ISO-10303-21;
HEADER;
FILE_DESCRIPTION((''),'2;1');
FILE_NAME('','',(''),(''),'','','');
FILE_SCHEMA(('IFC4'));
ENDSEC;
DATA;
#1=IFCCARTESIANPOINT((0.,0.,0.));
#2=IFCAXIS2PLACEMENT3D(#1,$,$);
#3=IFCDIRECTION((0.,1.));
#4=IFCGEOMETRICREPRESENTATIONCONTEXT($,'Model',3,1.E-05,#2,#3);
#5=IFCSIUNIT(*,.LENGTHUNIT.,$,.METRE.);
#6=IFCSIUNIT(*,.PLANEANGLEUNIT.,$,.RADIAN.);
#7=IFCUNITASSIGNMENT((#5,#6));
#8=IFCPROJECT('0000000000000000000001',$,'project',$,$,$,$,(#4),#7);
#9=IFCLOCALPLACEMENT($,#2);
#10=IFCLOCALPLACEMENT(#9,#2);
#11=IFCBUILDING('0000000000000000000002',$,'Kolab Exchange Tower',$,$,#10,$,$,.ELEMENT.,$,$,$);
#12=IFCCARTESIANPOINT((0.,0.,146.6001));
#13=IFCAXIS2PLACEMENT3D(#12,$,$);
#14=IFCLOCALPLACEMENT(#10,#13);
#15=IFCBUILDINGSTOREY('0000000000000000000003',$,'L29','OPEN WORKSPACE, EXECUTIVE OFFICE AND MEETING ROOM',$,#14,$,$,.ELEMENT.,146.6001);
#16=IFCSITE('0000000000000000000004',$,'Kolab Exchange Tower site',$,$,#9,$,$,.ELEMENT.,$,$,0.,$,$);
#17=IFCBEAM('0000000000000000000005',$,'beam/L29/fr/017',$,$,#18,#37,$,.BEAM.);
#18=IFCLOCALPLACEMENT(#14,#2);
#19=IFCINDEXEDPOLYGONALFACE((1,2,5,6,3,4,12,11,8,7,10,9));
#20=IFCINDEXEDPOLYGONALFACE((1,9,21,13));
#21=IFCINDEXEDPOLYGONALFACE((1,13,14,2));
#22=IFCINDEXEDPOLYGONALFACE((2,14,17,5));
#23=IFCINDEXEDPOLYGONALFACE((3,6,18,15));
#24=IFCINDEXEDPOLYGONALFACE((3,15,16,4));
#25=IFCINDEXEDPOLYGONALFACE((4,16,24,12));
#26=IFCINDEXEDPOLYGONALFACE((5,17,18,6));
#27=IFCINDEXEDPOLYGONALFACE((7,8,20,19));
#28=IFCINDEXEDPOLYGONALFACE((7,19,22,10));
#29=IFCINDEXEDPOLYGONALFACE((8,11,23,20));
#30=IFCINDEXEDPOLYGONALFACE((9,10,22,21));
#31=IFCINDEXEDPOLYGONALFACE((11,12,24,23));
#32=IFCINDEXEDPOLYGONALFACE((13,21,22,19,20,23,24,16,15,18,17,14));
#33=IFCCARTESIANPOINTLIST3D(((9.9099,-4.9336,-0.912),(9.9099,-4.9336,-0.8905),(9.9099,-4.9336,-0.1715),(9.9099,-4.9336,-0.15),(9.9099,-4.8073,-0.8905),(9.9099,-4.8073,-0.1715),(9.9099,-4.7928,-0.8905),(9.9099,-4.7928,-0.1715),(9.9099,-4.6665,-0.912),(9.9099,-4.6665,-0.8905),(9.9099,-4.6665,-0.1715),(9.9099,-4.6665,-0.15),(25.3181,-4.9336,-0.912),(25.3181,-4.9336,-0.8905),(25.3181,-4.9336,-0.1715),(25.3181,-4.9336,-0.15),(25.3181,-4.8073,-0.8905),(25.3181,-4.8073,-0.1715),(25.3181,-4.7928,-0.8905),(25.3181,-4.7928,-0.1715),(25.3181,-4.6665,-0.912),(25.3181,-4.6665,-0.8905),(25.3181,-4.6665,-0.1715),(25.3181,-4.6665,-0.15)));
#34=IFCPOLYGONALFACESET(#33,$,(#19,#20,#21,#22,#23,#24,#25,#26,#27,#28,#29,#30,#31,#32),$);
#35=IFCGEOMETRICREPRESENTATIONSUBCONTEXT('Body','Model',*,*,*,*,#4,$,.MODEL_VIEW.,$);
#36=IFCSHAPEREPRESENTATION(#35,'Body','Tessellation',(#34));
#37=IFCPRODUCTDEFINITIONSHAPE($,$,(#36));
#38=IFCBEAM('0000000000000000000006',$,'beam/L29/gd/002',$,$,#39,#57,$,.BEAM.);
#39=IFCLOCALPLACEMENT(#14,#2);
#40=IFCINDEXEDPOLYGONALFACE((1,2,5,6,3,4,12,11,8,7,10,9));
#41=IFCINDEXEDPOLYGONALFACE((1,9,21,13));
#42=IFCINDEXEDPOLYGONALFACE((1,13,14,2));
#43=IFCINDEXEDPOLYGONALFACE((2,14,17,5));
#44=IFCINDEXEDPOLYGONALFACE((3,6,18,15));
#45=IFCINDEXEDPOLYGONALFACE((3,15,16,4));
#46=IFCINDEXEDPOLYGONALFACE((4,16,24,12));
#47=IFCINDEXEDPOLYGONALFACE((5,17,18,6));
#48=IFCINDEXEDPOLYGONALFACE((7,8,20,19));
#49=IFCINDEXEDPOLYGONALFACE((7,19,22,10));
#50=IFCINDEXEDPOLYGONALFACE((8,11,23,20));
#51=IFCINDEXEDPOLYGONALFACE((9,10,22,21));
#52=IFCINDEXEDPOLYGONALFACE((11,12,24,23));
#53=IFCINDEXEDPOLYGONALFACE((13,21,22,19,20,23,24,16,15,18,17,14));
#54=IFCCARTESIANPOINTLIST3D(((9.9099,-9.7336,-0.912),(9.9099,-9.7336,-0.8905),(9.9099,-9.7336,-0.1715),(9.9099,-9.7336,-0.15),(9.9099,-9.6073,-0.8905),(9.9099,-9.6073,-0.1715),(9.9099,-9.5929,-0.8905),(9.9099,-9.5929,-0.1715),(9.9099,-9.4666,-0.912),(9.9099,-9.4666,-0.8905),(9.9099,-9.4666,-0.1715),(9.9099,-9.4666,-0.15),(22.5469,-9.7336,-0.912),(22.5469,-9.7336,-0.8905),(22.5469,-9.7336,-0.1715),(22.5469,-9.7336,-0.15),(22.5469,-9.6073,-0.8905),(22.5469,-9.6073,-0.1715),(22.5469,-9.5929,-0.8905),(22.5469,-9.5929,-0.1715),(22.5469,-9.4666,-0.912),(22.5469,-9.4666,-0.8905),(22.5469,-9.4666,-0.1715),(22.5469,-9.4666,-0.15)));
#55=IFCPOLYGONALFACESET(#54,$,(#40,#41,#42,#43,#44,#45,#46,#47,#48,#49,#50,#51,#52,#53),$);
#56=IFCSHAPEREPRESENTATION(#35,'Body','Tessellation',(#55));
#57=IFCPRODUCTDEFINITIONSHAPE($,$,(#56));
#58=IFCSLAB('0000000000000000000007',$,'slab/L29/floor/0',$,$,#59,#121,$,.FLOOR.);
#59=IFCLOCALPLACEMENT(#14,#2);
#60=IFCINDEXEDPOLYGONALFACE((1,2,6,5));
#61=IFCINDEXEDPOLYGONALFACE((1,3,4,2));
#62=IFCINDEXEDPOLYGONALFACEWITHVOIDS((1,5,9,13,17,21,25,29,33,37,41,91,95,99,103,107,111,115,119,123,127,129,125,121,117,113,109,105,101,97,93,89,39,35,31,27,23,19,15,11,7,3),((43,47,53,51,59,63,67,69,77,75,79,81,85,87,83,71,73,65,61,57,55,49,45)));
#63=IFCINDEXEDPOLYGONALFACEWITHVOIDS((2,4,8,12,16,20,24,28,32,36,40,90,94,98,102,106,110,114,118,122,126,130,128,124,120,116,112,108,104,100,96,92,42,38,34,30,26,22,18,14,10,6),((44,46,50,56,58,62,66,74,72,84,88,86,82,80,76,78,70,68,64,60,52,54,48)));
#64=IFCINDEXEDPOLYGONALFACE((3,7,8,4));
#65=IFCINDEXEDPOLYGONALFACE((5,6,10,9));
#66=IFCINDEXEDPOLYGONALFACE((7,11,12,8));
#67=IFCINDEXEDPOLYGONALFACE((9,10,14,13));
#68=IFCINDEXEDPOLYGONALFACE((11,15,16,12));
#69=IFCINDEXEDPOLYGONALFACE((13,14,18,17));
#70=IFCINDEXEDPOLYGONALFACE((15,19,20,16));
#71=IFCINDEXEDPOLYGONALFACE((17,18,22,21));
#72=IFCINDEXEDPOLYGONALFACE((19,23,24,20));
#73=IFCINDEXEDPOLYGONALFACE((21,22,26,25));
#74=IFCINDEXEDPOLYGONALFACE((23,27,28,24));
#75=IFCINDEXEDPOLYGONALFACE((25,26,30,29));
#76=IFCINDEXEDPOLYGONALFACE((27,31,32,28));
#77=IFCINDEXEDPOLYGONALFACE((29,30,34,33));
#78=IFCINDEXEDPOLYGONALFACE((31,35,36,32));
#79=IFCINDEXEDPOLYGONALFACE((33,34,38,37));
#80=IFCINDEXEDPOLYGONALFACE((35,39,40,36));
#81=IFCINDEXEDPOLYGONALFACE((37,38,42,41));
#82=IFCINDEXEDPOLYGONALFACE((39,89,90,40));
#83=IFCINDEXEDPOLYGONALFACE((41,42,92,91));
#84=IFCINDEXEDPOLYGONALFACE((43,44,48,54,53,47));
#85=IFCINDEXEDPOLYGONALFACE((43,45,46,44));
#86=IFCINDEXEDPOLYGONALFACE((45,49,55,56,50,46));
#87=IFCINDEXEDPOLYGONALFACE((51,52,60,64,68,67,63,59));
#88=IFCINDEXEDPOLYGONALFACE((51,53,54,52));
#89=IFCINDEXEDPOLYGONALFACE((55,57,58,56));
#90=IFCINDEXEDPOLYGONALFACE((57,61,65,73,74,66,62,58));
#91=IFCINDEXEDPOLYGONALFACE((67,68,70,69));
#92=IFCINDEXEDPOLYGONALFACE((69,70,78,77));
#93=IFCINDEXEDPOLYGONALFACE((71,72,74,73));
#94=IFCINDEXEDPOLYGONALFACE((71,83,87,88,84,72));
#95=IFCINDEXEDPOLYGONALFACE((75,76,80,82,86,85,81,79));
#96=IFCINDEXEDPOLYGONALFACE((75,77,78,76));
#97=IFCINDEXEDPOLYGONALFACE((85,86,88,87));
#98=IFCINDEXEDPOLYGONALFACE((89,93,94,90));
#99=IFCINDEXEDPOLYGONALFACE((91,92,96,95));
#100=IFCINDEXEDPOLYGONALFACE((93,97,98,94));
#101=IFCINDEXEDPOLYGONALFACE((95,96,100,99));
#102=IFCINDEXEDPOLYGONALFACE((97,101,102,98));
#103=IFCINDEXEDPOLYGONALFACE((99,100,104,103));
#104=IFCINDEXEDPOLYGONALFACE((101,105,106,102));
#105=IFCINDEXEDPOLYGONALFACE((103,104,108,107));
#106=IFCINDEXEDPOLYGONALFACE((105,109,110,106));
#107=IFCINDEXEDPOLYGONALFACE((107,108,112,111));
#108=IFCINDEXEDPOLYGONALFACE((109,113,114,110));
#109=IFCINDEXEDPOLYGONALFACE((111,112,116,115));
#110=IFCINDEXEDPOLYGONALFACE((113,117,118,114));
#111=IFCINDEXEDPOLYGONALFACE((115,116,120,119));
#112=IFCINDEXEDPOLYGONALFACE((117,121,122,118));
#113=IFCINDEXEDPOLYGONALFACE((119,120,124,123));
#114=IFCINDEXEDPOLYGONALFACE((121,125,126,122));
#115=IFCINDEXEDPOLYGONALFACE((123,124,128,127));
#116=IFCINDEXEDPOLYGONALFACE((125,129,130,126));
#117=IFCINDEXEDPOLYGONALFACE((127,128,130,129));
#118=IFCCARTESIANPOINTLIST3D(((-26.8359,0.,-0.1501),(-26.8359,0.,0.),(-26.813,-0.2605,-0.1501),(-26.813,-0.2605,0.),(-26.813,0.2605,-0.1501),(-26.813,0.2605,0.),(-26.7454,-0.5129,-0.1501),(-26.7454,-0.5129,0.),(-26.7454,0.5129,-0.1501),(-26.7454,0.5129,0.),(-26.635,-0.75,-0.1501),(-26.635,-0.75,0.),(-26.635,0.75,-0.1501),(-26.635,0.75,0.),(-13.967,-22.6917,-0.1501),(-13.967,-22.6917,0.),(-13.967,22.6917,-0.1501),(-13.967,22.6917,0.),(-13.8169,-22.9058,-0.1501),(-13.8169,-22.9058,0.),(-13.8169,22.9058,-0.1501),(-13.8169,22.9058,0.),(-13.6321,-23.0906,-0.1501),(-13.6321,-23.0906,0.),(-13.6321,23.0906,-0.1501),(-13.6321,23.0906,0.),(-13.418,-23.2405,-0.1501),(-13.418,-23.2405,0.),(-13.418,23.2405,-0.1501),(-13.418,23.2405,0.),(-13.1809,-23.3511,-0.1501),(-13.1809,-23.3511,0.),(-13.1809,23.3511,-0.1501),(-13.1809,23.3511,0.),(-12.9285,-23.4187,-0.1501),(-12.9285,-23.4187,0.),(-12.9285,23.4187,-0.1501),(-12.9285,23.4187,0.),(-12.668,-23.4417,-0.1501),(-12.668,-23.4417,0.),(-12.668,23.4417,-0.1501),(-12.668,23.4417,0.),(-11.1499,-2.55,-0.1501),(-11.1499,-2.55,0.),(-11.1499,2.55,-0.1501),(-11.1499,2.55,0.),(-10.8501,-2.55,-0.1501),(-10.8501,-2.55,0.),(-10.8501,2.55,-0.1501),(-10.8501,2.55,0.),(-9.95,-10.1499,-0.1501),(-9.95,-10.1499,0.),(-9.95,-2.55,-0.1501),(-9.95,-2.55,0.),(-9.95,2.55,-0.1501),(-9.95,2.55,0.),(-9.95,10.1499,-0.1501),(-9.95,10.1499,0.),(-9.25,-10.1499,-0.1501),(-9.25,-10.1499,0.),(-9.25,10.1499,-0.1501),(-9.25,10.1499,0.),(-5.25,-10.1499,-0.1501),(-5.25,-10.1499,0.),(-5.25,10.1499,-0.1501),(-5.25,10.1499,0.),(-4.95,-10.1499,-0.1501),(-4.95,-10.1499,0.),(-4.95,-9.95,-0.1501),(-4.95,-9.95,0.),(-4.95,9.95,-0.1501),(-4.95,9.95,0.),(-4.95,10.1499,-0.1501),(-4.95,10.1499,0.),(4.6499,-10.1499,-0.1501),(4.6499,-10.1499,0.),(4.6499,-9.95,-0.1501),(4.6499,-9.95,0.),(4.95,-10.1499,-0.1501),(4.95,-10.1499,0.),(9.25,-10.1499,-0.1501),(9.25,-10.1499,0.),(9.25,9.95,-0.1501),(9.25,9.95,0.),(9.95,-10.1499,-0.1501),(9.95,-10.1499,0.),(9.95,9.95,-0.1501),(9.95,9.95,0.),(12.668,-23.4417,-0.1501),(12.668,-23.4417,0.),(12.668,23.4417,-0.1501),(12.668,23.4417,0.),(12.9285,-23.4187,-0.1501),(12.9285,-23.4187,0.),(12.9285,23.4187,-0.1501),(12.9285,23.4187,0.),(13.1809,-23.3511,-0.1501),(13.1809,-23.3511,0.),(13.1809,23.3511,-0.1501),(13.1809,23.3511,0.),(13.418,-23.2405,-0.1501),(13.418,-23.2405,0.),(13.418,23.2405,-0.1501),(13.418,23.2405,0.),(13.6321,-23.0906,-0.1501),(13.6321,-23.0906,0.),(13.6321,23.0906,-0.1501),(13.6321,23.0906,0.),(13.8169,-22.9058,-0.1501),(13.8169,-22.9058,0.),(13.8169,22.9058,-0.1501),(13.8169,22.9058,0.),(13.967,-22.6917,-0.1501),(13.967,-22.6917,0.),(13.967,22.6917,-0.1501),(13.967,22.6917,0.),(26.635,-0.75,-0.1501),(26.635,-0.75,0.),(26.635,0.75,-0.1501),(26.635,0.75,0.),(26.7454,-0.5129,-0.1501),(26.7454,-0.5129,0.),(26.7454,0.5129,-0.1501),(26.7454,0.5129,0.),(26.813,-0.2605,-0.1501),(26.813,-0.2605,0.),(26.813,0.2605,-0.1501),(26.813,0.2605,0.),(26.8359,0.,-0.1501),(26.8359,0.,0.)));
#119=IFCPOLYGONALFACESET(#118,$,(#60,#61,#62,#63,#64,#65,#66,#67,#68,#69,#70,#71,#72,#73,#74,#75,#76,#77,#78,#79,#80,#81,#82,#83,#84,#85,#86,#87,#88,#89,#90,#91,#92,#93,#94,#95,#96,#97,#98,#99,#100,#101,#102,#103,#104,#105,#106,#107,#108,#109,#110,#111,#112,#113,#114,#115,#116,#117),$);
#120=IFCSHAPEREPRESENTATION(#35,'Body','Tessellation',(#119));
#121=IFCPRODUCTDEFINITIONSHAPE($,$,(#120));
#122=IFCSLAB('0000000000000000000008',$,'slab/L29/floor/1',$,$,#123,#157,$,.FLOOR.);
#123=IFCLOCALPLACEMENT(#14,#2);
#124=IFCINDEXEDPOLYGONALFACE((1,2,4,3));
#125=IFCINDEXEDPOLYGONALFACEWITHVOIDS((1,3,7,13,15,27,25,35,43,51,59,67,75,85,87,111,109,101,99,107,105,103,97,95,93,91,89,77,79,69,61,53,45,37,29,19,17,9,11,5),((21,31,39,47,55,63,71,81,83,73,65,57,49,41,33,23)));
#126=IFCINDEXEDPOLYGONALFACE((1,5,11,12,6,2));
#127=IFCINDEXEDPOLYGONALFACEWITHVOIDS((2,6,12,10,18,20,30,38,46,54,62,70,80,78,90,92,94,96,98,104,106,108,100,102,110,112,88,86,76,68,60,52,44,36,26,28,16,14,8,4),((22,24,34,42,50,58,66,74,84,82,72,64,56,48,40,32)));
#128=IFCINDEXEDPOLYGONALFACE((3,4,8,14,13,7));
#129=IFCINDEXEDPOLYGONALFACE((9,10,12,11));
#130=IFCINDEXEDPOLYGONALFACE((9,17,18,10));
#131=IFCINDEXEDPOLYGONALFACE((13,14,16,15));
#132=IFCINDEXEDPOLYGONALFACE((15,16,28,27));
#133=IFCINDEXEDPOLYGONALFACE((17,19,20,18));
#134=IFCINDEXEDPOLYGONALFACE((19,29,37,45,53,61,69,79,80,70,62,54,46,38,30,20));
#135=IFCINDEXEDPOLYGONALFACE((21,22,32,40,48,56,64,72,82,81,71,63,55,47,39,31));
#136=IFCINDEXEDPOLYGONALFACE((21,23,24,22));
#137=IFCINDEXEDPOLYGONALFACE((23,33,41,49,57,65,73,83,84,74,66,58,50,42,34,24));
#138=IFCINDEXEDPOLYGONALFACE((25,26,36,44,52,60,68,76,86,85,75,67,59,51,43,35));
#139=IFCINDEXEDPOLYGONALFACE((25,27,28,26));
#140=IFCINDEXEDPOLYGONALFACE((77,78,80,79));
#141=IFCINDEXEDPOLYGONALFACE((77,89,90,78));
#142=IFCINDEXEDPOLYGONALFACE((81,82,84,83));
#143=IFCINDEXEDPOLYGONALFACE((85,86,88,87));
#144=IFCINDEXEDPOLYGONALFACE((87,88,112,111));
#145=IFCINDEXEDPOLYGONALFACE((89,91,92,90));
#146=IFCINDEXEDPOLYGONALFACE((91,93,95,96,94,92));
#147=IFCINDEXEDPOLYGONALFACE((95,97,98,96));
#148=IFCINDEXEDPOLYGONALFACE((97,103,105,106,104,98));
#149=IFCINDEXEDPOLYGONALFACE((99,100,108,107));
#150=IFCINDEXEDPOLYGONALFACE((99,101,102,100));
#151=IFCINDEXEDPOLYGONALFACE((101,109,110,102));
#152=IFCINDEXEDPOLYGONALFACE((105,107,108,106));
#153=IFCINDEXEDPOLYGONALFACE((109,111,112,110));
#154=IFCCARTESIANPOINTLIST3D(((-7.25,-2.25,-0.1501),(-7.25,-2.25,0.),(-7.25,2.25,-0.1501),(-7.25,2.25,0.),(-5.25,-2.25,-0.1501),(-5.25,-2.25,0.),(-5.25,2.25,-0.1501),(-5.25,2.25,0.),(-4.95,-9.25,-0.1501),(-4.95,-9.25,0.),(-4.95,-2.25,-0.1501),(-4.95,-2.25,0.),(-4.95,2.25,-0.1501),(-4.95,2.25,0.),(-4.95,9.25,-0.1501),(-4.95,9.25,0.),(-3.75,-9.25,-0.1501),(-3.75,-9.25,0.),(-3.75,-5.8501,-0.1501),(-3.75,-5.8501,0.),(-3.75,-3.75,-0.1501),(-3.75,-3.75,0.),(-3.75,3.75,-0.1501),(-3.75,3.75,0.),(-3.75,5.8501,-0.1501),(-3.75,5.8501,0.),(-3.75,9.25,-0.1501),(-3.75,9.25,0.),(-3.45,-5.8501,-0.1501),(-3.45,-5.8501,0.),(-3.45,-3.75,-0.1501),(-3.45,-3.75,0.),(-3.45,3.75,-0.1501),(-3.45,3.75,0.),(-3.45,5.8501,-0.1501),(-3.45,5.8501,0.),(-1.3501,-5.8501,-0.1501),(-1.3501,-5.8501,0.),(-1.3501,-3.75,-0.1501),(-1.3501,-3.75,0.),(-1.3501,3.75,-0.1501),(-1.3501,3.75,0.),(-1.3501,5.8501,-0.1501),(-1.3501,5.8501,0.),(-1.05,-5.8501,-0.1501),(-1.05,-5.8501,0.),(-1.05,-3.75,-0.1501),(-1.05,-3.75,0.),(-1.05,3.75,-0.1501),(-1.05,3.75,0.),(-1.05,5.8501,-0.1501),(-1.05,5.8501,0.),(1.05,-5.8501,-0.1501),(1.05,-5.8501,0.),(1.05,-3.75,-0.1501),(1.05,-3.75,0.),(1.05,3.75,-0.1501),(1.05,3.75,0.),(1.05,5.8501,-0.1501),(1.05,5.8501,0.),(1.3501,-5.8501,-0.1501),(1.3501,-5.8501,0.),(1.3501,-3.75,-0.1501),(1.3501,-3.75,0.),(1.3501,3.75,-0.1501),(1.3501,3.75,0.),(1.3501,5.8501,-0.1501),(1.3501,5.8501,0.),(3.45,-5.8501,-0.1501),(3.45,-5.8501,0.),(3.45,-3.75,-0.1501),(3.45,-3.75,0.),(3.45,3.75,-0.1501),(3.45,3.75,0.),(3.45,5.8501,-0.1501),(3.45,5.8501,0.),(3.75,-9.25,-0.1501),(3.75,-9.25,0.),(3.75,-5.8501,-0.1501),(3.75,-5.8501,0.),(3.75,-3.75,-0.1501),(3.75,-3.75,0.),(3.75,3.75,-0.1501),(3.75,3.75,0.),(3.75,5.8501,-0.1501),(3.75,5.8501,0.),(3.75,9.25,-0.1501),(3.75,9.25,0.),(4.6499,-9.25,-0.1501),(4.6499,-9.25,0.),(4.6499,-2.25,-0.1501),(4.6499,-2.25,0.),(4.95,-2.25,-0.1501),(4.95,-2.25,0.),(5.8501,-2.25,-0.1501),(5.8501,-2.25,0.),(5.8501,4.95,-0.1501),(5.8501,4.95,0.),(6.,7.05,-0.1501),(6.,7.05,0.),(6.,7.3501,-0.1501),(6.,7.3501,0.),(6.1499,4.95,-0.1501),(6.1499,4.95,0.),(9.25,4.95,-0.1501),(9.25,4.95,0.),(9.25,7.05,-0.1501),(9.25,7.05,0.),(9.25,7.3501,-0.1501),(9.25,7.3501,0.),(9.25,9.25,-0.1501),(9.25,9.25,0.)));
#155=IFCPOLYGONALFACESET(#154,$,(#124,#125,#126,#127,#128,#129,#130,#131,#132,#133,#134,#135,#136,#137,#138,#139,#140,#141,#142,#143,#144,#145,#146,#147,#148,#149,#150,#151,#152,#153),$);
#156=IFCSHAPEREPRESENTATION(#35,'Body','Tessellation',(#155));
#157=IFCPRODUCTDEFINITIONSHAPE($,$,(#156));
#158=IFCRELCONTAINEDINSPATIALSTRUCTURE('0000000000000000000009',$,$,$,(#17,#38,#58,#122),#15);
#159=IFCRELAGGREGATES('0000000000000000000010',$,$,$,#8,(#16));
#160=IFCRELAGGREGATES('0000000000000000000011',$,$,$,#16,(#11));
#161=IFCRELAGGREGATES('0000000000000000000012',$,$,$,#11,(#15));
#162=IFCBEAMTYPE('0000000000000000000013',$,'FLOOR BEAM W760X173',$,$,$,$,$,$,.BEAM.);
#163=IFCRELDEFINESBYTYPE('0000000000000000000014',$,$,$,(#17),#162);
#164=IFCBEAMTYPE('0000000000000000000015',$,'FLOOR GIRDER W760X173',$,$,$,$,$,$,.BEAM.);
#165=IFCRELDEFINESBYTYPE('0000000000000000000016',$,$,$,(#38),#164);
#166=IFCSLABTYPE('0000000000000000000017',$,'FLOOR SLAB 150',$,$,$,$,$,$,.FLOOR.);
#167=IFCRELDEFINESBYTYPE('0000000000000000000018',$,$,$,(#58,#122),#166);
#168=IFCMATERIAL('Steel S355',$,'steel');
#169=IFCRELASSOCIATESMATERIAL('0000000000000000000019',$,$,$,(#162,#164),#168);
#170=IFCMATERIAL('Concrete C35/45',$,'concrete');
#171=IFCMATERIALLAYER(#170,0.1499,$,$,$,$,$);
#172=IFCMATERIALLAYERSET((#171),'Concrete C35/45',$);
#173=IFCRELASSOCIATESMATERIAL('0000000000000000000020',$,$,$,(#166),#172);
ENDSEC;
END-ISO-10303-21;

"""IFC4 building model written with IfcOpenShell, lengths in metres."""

from ifc_helpers import new_model, si_unit, direction, frame, origin, origin_2d, place, context, subcontext, project, spatial, polyline, i_section, outline, extrude, material, layer, layer_set, material_profile, profile_set, type_object, element, save


model = new_model("IFC4")

# Units and contexts
model_context = context("Model", 3, precision=1e-05, world=origin(), true_north=direction((0.0, 1.0)))
body_context = subcontext(model_context, "Body", "Model", "MODEL_VIEW")
ifc_project = project(units=[si_unit("LENGTHUNIT", "METRE"), si_unit("PLANEANGLEUNIT", "RADIAN")], contexts=[model_context])

# Site, building, storey
site_placement = place(None, origin())
site = spatial("IfcSite", under=ifc_project, at=site_placement, Name="Kolab Exchange Tower site", CompositionType="ELEMENT", RefElevation=0.0)
building_placement = place(site_placement, origin())
building = spatial("IfcBuilding", under=site, at=building_placement, Name="Kolab Exchange Tower", CompositionType="ELEMENT")
storey_placement = place(building_placement, frame((0.0, 0.0, 146.6001)))
storey = spatial("IfcBuildingStorey", under=building, at=storey_placement, Name="L29", Description="OPEN WORKSPACE, EXECUTIVE OFFICE AND MEETING ROOM", CompositionType="ELEMENT", Elevation=146.6001)

# Beams
ifc_material_1 = material(Name="Steel S355", Category="steel")
ifc_material_profile_1 = material_profile(ifc_material_1, i_section(OverallWidth=0.2671, OverallDepth=0.762, WebThickness=0.0144, FlangeThickness=0.0215, at=origin_2d()), Name="W760X173")
ifc_profile_set_1 = profile_set([ifc_material_profile_1], Name="Steel S355")
beam_type_1 = type_object("IfcBeamType", Name="FLOOR BEAM W760X173", PredefinedType="BEAM", material=ifc_profile_set_1)
beam_1_placement = place(storey_placement, frame((9.9099, -4.8, -0.531), z_axis=(1.0, 0.0, 0.0), x_axis=(0.0, 1.0, 0.0)))
element("IfcBeam", 1, at=beam_1_placement, inside=storey, type_object=beam_type_1, Name="beam/L29/fr/017", PredefinedType="BEAM", context=body_context, shape_type="SweptSolid", body=[
    extrude(i_section(OverallWidth=0.2671, OverallDepth=0.762, WebThickness=0.0144, FlangeThickness=0.0215, at=origin_2d()), origin(), (0.0, 0.0, 1.0), 15.4082),
])
ifc_material_profile_2 = material_profile(ifc_material_1, i_section(OverallWidth=0.2671, OverallDepth=0.762, WebThickness=0.0144, FlangeThickness=0.0215, at=origin_2d()), Name="W760X173")
ifc_profile_set_2 = profile_set([ifc_material_profile_2], Name="Steel S355")
beam_type_2 = type_object("IfcBeamType", Name="FLOOR GIRDER W760X173", PredefinedType="BEAM", material=ifc_profile_set_2)
beam_2_placement = place(storey_placement, frame((9.9099, -9.6001, -0.531), z_axis=(1.0, 0.0, 0.0), x_axis=(0.0, 1.0, 0.0)))
element("IfcBeam", 2, at=beam_2_placement, inside=storey, type_object=beam_type_2, Name="beam/L29/gd/002", PredefinedType="BEAM", context=body_context, shape_type="SweptSolid", body=[
    extrude(i_section(OverallWidth=0.2671, OverallDepth=0.762, WebThickness=0.0144, FlangeThickness=0.0215, at=origin_2d()), origin(), (0.0, 0.0, 1.0), 12.637),
])

# Slabs
ifc_material_2 = material(Name="Concrete C35/45", Category="concrete")
ifc_layer_1 = layer(ifc_material_2, 0.1499)
ifc_layer_set_1 = layer_set([ifc_layer_1], Name="Concrete C35/45")
slab_type_1 = type_object("IfcSlabType", Name="FLOOR SLAB 150", PredefinedType="FLOOR", material=ifc_layer_set_1)
slab_1_placement = place(storey_placement, frame((0.0, 0.0, -0.1501)))
element("IfcSlab", 3, at=slab_1_placement, inside=storey, type_object=slab_type_1, Name="slab/L29/floor/0", PredefinedType="FLOOR", context=body_context, shape_type="SweptSolid", body=[
    extrude(outline(polyline([(13.967, -22.6917), (26.635, -0.75), (26.7454, -0.5129), (26.813, -0.2605), (26.8359, 0.0), (26.813, 0.2605), (26.7454, 0.5129), (26.635, 0.75), (13.967, 22.6917), (13.8169, 22.9058), (13.6321, 23.0906), (13.418, 23.2405), (13.1809, 23.3511), (12.9285, 23.4187), (12.668, 23.4417), (-12.668, 23.4417), (-12.9285, 23.4187), (-13.1809, 23.3511), (-13.418, 23.2405), (-13.6321, 23.0906), (-13.8169, 22.9058), (-13.967, 22.6917), (-26.635, 0.75), (-26.7454, 0.5129), (-26.813, 0.2605), (-26.8359, 0.0), (-26.813, -0.2605), (-26.7454, -0.5129), (-26.635, -0.75), (-13.967, -22.6917), (-13.8169, -22.9058), (-13.6321, -23.0906), (-13.418, -23.2405), (-13.1809, -23.3511), (-12.9285, -23.4187), (-12.668, -23.4417), (12.668, -23.4417), (12.9285, -23.4187), (13.1809, -23.3511), (13.418, -23.2405), (13.6321, -23.0906), (13.8169, -22.9058), (13.967, -22.6917)]), holes=[polyline([(-9.25, -10.1499), (-9.95, -10.1499), (-9.95, -2.55), (-10.8501, -2.55), (-11.1499, -2.55), (-11.1499, 2.55), (-10.8501, 2.55), (-9.95, 2.55), (-9.95, 10.1499), (-9.25, 10.1499), (-5.25, 10.1499), (-4.95, 10.1499), (-4.95, 9.95), (9.25, 9.95), (9.95, 9.95), (9.95, -10.1499), (9.25, -10.1499), (4.95, -10.1499), (4.6499, -10.1499), (4.6499, -9.95), (-4.95, -9.95), (-4.95, -10.1499), (-5.25, -10.1499), (-9.25, -10.1499)])]), origin(), (0.0, 0.0, 1.0), 0.1501),
])
slab_2_placement = place(storey_placement, frame((0.0, 0.0, -0.1501)))
element("IfcSlab", 4, at=slab_2_placement, inside=storey, type_object=slab_type_1, Name="slab/L29/floor/1", PredefinedType="FLOOR", context=body_context, shape_type="SweptSolid", body=[
    extrude(outline(polyline([(-4.95, 9.25), (-4.95, 2.25), (-5.25, 2.25), (-7.25, 2.25), (-7.25, -2.25), (-5.25, -2.25), (-4.95, -2.25), (-4.95, -9.25), (-3.75, -9.25), (-3.75, -5.8501), (-3.45, -5.8501), (-1.3501, -5.8501), (-1.05, -5.8501), (1.05, -5.8501), (1.3501, -5.8501), (3.45, -5.8501), (3.75, -5.8501), (3.75, -9.25), (4.6499, -9.25), (4.6499, -2.25), (4.95, -2.25), (5.8501, -2.25), (5.8501, 4.95), (6.1499, 4.95), (9.25, 4.95), (9.25, 7.05), (6.0, 7.05), (6.0, 7.3501), (9.25, 7.3501), (9.25, 9.25), (3.75, 9.25), (3.75, 5.8501), (3.45, 5.8501), (1.3501, 5.8501), (1.05, 5.8501), (-1.05, 5.8501), (-1.3501, 5.8501), (-3.45, 5.8501), (-3.75, 5.8501), (-3.75, 9.25), (-4.95, 9.25)]), holes=[polyline([(-3.45, -3.75), (-3.75, -3.75), (-3.75, 3.75), (-3.45, 3.75), (-1.3501, 3.75), (-1.05, 3.75), (1.05, 3.75), (1.3501, 3.75), (3.45, 3.75), (3.75, 3.75), (3.75, -3.75), (3.45, -3.75), (1.3501, -3.75), (1.05, -3.75), (-1.05, -3.75), (-1.3501, -3.75), (-3.45, -3.75)])]), origin(), (0.0, 0.0, 1.0), 0.1501),
])

save(model, "model.ifc")
